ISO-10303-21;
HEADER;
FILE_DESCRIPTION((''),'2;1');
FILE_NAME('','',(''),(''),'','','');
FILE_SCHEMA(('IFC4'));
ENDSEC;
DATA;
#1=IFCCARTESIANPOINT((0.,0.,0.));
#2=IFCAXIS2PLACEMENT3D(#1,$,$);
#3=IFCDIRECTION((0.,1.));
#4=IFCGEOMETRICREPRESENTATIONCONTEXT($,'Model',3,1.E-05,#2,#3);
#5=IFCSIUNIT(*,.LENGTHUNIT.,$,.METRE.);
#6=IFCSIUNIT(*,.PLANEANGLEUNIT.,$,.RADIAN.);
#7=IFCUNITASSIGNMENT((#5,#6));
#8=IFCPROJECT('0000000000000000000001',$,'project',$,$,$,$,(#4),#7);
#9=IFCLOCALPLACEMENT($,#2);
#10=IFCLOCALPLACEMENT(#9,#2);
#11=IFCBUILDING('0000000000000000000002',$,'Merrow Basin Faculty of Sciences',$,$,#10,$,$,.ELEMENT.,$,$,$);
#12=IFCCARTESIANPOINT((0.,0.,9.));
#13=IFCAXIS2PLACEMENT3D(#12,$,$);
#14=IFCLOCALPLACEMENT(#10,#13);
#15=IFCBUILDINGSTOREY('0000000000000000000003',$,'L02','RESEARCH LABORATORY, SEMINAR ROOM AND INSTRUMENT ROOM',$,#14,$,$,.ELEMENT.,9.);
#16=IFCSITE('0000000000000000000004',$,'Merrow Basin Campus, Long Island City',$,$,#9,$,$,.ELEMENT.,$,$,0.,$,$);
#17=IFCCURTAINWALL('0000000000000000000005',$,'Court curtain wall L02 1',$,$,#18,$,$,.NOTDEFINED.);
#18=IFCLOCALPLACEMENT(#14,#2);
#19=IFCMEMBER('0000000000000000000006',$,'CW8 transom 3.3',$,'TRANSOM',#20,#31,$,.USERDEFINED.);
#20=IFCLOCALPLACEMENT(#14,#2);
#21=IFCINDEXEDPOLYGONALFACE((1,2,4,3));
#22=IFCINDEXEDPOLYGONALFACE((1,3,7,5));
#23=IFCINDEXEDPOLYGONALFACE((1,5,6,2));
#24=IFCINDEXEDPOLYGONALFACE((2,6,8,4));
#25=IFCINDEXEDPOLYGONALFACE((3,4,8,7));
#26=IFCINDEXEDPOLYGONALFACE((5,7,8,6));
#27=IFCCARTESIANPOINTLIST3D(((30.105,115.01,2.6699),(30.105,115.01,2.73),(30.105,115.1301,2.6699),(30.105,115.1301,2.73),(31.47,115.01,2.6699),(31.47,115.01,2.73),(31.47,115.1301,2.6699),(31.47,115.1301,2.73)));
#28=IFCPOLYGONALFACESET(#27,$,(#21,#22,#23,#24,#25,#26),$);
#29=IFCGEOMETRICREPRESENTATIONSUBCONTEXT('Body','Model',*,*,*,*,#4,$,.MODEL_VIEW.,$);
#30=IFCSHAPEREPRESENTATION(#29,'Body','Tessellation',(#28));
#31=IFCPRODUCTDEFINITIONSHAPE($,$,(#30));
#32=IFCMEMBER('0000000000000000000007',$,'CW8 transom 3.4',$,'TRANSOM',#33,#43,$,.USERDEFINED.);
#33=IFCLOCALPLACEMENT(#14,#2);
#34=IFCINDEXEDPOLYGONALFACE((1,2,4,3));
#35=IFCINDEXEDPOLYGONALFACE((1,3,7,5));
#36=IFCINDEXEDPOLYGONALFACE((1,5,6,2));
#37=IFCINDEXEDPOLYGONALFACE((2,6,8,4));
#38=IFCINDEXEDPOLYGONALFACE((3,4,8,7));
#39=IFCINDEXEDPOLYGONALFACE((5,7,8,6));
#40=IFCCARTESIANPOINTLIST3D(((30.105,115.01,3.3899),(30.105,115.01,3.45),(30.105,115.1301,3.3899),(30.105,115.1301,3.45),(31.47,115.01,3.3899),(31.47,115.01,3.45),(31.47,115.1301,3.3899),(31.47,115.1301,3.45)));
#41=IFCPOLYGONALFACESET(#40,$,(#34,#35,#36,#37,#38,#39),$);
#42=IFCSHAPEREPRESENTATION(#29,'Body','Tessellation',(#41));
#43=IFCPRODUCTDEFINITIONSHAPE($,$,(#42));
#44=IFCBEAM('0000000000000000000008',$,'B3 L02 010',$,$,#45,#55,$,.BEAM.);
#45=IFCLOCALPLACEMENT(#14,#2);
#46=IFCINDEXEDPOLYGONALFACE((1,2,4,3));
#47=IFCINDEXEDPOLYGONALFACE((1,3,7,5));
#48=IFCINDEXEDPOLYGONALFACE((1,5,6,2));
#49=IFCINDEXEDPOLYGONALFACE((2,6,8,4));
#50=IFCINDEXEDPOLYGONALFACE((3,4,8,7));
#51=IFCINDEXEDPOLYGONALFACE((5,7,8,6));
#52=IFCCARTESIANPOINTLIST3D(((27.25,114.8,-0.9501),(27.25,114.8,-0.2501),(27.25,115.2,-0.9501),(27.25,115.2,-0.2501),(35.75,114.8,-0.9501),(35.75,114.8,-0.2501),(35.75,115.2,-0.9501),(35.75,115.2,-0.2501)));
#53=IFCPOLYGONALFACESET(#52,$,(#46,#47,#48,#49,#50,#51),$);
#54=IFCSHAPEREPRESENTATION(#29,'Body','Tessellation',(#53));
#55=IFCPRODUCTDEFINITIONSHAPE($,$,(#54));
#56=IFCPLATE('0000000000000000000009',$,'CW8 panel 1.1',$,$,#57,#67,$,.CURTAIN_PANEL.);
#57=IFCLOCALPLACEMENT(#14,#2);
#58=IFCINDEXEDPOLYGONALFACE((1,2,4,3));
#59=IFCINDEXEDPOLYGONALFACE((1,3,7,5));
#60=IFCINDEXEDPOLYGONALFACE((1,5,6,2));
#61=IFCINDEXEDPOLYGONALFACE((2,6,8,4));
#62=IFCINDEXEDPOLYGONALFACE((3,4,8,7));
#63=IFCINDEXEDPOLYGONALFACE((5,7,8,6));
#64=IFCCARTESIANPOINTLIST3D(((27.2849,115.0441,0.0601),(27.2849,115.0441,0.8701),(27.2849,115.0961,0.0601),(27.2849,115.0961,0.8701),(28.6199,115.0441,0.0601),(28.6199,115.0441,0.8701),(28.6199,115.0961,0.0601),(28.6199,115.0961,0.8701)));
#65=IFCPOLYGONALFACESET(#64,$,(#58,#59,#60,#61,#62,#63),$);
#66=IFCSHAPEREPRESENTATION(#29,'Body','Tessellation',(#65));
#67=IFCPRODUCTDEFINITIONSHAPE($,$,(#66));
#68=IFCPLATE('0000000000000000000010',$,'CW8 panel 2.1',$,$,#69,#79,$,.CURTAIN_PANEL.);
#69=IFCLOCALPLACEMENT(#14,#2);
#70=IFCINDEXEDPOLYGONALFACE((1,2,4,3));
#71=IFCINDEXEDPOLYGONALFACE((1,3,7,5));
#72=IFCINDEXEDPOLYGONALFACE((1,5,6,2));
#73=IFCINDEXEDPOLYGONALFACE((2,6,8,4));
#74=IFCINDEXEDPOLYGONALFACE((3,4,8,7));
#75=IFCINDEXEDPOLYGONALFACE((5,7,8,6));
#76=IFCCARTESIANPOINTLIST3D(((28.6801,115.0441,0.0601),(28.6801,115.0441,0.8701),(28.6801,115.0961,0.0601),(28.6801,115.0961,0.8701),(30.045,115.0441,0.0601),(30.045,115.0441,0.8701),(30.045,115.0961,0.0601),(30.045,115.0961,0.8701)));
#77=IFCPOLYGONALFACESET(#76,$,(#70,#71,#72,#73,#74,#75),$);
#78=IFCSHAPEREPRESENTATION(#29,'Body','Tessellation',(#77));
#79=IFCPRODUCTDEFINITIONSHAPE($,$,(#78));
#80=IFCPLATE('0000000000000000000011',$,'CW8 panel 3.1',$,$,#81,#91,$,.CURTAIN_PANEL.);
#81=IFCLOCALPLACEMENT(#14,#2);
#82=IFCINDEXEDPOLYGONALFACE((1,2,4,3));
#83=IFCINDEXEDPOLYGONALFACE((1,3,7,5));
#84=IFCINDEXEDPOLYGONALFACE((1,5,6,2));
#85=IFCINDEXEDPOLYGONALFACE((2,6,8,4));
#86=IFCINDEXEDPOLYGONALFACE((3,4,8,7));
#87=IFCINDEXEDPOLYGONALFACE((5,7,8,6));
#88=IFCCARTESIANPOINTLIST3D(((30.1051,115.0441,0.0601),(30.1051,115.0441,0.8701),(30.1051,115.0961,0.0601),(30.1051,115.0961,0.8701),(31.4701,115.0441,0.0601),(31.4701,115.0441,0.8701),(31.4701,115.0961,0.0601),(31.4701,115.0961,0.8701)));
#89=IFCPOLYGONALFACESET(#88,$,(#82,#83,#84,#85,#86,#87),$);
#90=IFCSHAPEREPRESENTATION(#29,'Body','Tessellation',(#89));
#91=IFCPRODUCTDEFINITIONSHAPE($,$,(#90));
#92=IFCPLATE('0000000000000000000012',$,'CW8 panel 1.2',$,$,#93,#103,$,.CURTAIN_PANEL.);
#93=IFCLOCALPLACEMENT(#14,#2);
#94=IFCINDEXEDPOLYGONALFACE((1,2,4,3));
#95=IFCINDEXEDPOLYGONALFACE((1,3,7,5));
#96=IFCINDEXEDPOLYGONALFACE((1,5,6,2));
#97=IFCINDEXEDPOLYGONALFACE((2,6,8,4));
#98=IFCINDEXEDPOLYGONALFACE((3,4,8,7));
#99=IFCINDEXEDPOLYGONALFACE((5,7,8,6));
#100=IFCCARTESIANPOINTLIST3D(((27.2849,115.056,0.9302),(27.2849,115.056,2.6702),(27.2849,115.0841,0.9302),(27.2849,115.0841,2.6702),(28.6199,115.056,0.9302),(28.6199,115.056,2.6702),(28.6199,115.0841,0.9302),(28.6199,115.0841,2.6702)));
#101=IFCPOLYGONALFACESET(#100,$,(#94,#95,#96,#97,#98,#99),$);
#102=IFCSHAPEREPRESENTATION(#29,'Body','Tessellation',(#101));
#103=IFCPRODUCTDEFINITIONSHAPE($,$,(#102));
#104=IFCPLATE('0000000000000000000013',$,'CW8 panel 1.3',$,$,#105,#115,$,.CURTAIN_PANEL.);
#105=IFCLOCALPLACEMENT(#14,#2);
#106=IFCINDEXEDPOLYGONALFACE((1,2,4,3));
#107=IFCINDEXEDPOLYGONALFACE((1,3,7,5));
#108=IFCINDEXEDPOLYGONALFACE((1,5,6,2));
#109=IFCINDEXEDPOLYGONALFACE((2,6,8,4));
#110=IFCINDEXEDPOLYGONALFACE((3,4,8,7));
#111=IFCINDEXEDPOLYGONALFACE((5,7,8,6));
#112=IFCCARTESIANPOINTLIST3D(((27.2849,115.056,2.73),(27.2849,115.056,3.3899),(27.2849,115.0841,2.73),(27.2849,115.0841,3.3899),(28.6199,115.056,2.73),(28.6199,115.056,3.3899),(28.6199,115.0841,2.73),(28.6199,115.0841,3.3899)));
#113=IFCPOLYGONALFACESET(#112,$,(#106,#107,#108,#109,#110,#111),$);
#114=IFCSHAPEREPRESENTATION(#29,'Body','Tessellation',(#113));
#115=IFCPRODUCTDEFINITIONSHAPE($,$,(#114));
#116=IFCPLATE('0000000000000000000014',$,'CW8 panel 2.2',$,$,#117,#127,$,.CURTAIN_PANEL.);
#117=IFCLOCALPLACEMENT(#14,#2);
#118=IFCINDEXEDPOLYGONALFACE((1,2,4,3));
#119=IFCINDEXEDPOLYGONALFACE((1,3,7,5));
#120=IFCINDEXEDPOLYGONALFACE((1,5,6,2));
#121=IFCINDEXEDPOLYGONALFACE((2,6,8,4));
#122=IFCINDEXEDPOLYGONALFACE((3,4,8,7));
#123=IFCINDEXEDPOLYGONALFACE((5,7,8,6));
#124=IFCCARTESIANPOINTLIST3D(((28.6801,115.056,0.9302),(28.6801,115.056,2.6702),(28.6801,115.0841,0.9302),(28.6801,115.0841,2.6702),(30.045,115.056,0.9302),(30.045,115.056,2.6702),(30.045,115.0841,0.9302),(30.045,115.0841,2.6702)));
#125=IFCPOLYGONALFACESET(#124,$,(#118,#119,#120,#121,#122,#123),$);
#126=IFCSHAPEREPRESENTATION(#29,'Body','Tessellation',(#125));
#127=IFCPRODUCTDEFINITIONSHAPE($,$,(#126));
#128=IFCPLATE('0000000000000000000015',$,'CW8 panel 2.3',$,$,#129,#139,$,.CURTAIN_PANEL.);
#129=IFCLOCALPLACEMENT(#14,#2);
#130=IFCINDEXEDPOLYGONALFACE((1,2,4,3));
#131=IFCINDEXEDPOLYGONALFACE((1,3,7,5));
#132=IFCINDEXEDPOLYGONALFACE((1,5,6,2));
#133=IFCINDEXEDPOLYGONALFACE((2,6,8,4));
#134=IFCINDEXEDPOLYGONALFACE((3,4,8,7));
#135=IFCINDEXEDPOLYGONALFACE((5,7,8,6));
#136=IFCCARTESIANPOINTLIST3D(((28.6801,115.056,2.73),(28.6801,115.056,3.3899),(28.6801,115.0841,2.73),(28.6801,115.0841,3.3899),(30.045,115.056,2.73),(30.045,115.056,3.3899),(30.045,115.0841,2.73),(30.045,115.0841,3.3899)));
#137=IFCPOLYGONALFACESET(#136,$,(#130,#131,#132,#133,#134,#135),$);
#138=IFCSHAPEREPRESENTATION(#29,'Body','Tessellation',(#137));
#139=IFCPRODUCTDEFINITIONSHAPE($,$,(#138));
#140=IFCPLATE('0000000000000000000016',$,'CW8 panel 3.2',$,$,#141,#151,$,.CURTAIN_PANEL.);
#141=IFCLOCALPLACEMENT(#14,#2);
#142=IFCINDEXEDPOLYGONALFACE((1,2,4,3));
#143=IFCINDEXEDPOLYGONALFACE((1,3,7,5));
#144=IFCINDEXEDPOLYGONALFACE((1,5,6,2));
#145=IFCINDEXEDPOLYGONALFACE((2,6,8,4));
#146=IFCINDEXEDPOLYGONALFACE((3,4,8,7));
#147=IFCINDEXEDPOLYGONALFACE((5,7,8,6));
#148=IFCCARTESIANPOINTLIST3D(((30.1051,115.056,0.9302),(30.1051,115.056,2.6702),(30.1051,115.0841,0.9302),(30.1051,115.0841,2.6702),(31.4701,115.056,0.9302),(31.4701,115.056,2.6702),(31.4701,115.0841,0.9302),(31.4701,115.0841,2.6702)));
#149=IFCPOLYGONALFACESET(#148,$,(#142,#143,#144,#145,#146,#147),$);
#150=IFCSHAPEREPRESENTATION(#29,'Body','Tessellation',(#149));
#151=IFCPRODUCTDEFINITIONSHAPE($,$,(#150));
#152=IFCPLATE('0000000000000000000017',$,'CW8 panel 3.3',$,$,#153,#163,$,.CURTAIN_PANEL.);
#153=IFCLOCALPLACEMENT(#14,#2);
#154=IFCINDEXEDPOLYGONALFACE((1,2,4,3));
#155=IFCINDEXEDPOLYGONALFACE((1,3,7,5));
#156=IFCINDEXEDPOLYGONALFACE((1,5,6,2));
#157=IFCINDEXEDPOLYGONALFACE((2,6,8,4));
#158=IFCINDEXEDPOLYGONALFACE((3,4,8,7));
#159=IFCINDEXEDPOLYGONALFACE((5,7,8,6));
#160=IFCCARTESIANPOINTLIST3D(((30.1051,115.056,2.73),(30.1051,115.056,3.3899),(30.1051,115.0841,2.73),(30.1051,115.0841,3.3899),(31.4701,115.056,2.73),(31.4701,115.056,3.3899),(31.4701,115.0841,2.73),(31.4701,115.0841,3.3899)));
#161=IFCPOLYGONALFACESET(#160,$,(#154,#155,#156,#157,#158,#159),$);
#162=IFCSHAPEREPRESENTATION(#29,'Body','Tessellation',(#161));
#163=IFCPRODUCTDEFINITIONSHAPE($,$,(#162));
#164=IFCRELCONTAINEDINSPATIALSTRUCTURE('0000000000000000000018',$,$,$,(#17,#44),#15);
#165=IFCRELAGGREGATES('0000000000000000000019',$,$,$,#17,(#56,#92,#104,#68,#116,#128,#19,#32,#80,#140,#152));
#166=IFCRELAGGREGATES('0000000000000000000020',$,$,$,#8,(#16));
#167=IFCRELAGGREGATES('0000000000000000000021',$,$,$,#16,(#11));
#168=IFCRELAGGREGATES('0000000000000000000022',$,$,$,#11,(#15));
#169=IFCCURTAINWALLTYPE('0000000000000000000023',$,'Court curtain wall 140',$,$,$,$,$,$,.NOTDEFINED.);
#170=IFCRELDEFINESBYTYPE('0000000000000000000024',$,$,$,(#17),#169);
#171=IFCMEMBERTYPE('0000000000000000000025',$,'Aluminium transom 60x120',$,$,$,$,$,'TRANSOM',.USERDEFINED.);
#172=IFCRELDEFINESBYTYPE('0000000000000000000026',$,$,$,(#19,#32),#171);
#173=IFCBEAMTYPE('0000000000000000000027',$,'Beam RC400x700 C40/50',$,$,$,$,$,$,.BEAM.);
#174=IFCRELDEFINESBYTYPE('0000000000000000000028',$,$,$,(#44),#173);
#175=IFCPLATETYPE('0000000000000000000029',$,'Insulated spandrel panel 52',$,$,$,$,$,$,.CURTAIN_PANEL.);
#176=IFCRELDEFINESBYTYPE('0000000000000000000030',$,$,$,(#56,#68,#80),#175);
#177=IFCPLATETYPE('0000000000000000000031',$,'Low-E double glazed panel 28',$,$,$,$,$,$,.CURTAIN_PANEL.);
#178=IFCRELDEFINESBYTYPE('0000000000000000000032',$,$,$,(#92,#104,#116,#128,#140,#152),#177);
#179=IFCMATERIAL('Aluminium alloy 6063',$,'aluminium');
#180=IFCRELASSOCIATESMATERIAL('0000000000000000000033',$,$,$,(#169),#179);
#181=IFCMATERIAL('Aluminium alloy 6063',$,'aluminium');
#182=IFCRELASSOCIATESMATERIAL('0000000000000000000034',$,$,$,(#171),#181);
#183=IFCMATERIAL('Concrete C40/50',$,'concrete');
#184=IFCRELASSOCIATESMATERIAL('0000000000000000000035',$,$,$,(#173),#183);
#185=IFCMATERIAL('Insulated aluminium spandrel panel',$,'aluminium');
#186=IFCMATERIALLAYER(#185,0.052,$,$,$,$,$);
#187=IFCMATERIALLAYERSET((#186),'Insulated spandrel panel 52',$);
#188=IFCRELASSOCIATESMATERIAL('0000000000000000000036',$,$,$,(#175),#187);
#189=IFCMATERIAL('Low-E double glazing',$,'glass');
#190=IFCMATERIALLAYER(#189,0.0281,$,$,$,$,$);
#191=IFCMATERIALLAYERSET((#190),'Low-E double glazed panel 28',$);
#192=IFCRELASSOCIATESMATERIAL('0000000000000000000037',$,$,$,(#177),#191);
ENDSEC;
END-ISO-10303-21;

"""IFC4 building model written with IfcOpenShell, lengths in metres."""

from ifc_helpers import new_model, si_unit, direction, frame, origin, origin_2d, place, context, subcontext, project, spatial, rectangle, extrude, material, layer, layer_set, material_profile, profile_set, type_object, element, aggregate, save


model = new_model("IFC4")

# Units and contexts
model_context = context("Model", 3, precision=1e-05, world=origin(), true_north=direction((0.0, 1.0)))
body_context = subcontext(model_context, "Body", "Model", "MODEL_VIEW")
ifc_project = project(units=[si_unit("LENGTHUNIT", "METRE"), si_unit("PLANEANGLEUNIT", "RADIAN")], contexts=[model_context])

# Site, building, storey
site_placement = place(None, origin())
site = spatial("IfcSite", under=ifc_project, at=site_placement, Name="Merrow Basin Campus, Long Island City", CompositionType="ELEMENT", RefElevation=0.0)
building_placement = place(site_placement, origin())
building = spatial("IfcBuilding", under=site, at=building_placement, Name="Merrow Basin Faculty of Sciences", CompositionType="ELEMENT")
storey_placement = place(building_placement, frame((0.0, 0.0, 9.0)))
storey = spatial("IfcBuildingStorey", under=building, at=storey_placement, Name="L02", Description="RESEARCH LABORATORY, SEMINAR ROOM AND INSTRUMENT ROOM", CompositionType="ELEMENT", Elevation=9.0)

# Curtain wall, members
ifc_material_1 = material(Name="Aluminium alloy 6063", Category="aluminium")
curtain_wall_type = type_object("IfcCurtainWallType", Name="Court curtain wall 140", PredefinedType="NOTDEFINED", material=ifc_material_1)
curtain_wall_placement = place(storey_placement, origin())
curtain_wall = element("IfcCurtainWall", 1, at=curtain_wall_placement, inside=storey, type_object=curtain_wall_type, Name="Court curtain wall L02 1", PredefinedType="NOTDEFINED")
ifc_material_2 = material(Name="Aluminium alloy 6063", Category="aluminium")
ifc_material_profile_1 = material_profile(ifc_material_2, rectangle(XDim=0.1201, YDim=0.0601, at=origin_2d()))
ifc_profile_set_1 = profile_set([ifc_material_profile_1], Name="Aluminium alloy 6063")
member_type_1 = type_object("IfcMemberType", Name="Aluminium transom 60x120", ElementType="TRANSOM", PredefinedType="USERDEFINED", material=ifc_profile_set_1)
member_1_placement = place(storey_placement, frame((30.105, 115.0701, 2.7), z_axis=(1.0, 0.0, 0.0), x_axis=(0.0, 1.0, 0.0)))
member_1 = element("IfcMember", 2, at=member_1_placement, type_object=member_type_1, Name="CW8 transom 3.3", ObjectType="TRANSOM", PredefinedType="USERDEFINED", context=body_context, shape_type="SweptSolid", body=[
    extrude(rectangle(XDim=0.1201, YDim=0.0601, at=origin_2d()), origin(), (0.0, 0.0, 1.0), 1.365),
])
member_2_placement = place(storey_placement, frame((30.105, 115.0701, 3.4199), z_axis=(1.0, 0.0, 0.0), x_axis=(0.0, 1.0, 0.0)))
member_2 = element("IfcMember", 3, at=member_2_placement, type_object=member_type_1, Name="CW8 transom 3.4", ObjectType="TRANSOM", PredefinedType="USERDEFINED", context=body_context, shape_type="SweptSolid", body=[
    extrude(rectangle(XDim=0.1201, YDim=0.0601, at=origin_2d()), origin(), (0.0, 0.0, 1.0), 1.365),
])

# Beam
ifc_material_3 = material(Name="Concrete C40/50", Category="concrete")
ifc_material_profile_2 = material_profile(ifc_material_3, rectangle(XDim=0.3999, YDim=0.7, at=origin_2d()))
ifc_profile_set_2 = profile_set([ifc_material_profile_2], Name="Concrete C40/50")
beam_type = type_object("IfcBeamType", Name="Beam RC400x700 C40/50", PredefinedType="BEAM", material=ifc_profile_set_2)
beam_placement = place(storey_placement, frame((27.25, 115.0, -0.6001), z_axis=(1.0, 0.0, 0.0), x_axis=(0.0, 1.0, 0.0)))
element("IfcBeam", 4, at=beam_placement, inside=storey, type_object=beam_type, Name="B3 L02 010", PredefinedType="BEAM", context=body_context, shape_type="SweptSolid", body=[
    extrude(rectangle(XDim=0.3999, YDim=0.7, at=origin_2d()), origin(), (0.0, 0.0, 1.0), 8.5),
])

# Plates
ifc_material_4 = material(Name="Insulated aluminium spandrel panel", Category="aluminium")
ifc_layer_1 = layer(ifc_material_4, 0.052)
ifc_layer_set_1 = layer_set([ifc_layer_1], Name="Insulated spandrel panel 52")
plate_type_1 = type_object("IfcPlateType", Name="Insulated spandrel panel 52", PredefinedType="CURTAIN_PANEL", material=ifc_layer_set_1)
plate_1_placement = place(storey_placement, frame((27.9524, 115.0701, 0.0601), z_axis=(0.0, 0.0, 1.0), x_axis=(1.0, 0.0, 0.0)))
plate_1 = element("IfcPlate", 5, at=plate_1_placement, type_object=plate_type_1, Name="CW8 panel 1.1", PredefinedType="CURTAIN_PANEL", context=body_context, shape_type="SweptSolid", body=[
    extrude(rectangle(XDim=1.335, YDim=0.052, at=origin_2d()), origin(), (0.0, 0.0, 1.0), 0.8101),
])
plate_2_placement = place(storey_placement, frame((29.3625, 115.0701, 0.0601), z_axis=(0.0, 0.0, 1.0), x_axis=(1.0, 0.0, 0.0)))
plate_2 = element("IfcPlate", 6, at=plate_2_placement, type_object=plate_type_1, Name="CW8 panel 2.1", PredefinedType="CURTAIN_PANEL", context=body_context, shape_type="SweptSolid", body=[
    extrude(rectangle(XDim=1.365, YDim=0.052, at=origin_2d()), origin(), (0.0, 0.0, 1.0), 0.8101),
])
plate_3_placement = place(storey_placement, frame((30.7876, 115.0701, 0.0601), z_axis=(0.0, 0.0, 1.0), x_axis=(1.0, 0.0, 0.0)))
plate_3 = element("IfcPlate", 7, at=plate_3_placement, type_object=plate_type_1, Name="CW8 panel 3.1", PredefinedType="CURTAIN_PANEL", context=body_context, shape_type="SweptSolid", body=[
    extrude(rectangle(XDim=1.365, YDim=0.052, at=origin_2d()), origin(), (0.0, 0.0, 1.0), 0.8101),
])
ifc_material_5 = material(Name="Low-E double glazing", Category="glass")
ifc_layer_2 = layer(ifc_material_5, 0.0281)
ifc_layer_set_2 = layer_set([ifc_layer_2], Name="Low-E double glazed panel 28")
plate_type_2 = type_object("IfcPlateType", Name="Low-E double glazed panel 28", PredefinedType="CURTAIN_PANEL", material=ifc_layer_set_2)
plate_4_placement = place(storey_placement, frame((27.9524, 115.0701, 0.9302), z_axis=(0.0, 0.0, 1.0), x_axis=(1.0, 0.0, 0.0)))
plate_4 = element("IfcPlate", 8, at=plate_4_placement, type_object=plate_type_2, Name="CW8 panel 1.2", PredefinedType="CURTAIN_PANEL", context=body_context, shape_type="SweptSolid", body=[
    extrude(rectangle(XDim=1.335, YDim=0.0281, at=origin_2d()), origin(), (0.0, 0.0, 1.0), 1.74),
])
plate_5_placement = place(storey_placement, frame((27.9524, 115.0701, 2.73), z_axis=(0.0, 0.0, 1.0), x_axis=(1.0, 0.0, 0.0)))
plate_5 = element("IfcPlate", 9, at=plate_5_placement, type_object=plate_type_2, Name="CW8 panel 1.3", PredefinedType="CURTAIN_PANEL", context=body_context, shape_type="SweptSolid", body=[
    extrude(rectangle(XDim=1.335, YDim=0.0281, at=origin_2d()), origin(), (0.0, 0.0, 1.0), 0.6599),
])
plate_6_placement = place(storey_placement, frame((29.3625, 115.0701, 0.9302), z_axis=(0.0, 0.0, 1.0), x_axis=(1.0, 0.0, 0.0)))
plate_6 = element("IfcPlate", 10, at=plate_6_placement, type_object=plate_type_2, Name="CW8 panel 2.2", PredefinedType="CURTAIN_PANEL", context=body_context, shape_type="SweptSolid", body=[
    extrude(rectangle(XDim=1.365, YDim=0.0281, at=origin_2d()), origin(), (0.0, 0.0, 1.0), 1.74),
])
plate_7_placement = place(storey_placement, frame((29.3625, 115.0701, 2.73), z_axis=(0.0, 0.0, 1.0), x_axis=(1.0, 0.0, 0.0)))
plate_7 = element("IfcPlate", 11, at=plate_7_placement, type_object=plate_type_2, Name="CW8 panel 2.3", PredefinedType="CURTAIN_PANEL", context=body_context, shape_type="SweptSolid", body=[
    extrude(rectangle(XDim=1.365, YDim=0.0281, at=origin_2d()), origin(), (0.0, 0.0, 1.0), 0.6599),
])
plate_8_placement = place(storey_placement, frame((30.7876, 115.0701, 0.9302), z_axis=(0.0, 0.0, 1.0), x_axis=(1.0, 0.0, 0.0)))
plate_8 = element("IfcPlate", 12, at=plate_8_placement, type_object=plate_type_2, Name="CW8 panel 3.2", PredefinedType="CURTAIN_PANEL", context=body_context, shape_type="SweptSolid", body=[
    extrude(rectangle(XDim=1.365, YDim=0.0281, at=origin_2d()), origin(), (0.0, 0.0, 1.0), 1.74),
])
plate_9_placement = place(storey_placement, frame((30.7876, 115.0701, 2.73), z_axis=(0.0, 0.0, 1.0), x_axis=(1.0, 0.0, 0.0)))
plate_9 = element("IfcPlate", 13, at=plate_9_placement, type_object=plate_type_2, Name="CW8 panel 3.3", PredefinedType="CURTAIN_PANEL", context=body_context, shape_type="SweptSolid", body=[
    extrude(rectangle(XDim=1.365, YDim=0.0281, at=origin_2d()), origin(), (0.0, 0.0, 1.0), 0.6599),
])
aggregate(curtain_wall, [plate_1, plate_4, plate_5, plate_2, plate_6, plate_7, member_1, member_2, plate_3, plate_8, plate_9])

save(model, "model.ifc")
